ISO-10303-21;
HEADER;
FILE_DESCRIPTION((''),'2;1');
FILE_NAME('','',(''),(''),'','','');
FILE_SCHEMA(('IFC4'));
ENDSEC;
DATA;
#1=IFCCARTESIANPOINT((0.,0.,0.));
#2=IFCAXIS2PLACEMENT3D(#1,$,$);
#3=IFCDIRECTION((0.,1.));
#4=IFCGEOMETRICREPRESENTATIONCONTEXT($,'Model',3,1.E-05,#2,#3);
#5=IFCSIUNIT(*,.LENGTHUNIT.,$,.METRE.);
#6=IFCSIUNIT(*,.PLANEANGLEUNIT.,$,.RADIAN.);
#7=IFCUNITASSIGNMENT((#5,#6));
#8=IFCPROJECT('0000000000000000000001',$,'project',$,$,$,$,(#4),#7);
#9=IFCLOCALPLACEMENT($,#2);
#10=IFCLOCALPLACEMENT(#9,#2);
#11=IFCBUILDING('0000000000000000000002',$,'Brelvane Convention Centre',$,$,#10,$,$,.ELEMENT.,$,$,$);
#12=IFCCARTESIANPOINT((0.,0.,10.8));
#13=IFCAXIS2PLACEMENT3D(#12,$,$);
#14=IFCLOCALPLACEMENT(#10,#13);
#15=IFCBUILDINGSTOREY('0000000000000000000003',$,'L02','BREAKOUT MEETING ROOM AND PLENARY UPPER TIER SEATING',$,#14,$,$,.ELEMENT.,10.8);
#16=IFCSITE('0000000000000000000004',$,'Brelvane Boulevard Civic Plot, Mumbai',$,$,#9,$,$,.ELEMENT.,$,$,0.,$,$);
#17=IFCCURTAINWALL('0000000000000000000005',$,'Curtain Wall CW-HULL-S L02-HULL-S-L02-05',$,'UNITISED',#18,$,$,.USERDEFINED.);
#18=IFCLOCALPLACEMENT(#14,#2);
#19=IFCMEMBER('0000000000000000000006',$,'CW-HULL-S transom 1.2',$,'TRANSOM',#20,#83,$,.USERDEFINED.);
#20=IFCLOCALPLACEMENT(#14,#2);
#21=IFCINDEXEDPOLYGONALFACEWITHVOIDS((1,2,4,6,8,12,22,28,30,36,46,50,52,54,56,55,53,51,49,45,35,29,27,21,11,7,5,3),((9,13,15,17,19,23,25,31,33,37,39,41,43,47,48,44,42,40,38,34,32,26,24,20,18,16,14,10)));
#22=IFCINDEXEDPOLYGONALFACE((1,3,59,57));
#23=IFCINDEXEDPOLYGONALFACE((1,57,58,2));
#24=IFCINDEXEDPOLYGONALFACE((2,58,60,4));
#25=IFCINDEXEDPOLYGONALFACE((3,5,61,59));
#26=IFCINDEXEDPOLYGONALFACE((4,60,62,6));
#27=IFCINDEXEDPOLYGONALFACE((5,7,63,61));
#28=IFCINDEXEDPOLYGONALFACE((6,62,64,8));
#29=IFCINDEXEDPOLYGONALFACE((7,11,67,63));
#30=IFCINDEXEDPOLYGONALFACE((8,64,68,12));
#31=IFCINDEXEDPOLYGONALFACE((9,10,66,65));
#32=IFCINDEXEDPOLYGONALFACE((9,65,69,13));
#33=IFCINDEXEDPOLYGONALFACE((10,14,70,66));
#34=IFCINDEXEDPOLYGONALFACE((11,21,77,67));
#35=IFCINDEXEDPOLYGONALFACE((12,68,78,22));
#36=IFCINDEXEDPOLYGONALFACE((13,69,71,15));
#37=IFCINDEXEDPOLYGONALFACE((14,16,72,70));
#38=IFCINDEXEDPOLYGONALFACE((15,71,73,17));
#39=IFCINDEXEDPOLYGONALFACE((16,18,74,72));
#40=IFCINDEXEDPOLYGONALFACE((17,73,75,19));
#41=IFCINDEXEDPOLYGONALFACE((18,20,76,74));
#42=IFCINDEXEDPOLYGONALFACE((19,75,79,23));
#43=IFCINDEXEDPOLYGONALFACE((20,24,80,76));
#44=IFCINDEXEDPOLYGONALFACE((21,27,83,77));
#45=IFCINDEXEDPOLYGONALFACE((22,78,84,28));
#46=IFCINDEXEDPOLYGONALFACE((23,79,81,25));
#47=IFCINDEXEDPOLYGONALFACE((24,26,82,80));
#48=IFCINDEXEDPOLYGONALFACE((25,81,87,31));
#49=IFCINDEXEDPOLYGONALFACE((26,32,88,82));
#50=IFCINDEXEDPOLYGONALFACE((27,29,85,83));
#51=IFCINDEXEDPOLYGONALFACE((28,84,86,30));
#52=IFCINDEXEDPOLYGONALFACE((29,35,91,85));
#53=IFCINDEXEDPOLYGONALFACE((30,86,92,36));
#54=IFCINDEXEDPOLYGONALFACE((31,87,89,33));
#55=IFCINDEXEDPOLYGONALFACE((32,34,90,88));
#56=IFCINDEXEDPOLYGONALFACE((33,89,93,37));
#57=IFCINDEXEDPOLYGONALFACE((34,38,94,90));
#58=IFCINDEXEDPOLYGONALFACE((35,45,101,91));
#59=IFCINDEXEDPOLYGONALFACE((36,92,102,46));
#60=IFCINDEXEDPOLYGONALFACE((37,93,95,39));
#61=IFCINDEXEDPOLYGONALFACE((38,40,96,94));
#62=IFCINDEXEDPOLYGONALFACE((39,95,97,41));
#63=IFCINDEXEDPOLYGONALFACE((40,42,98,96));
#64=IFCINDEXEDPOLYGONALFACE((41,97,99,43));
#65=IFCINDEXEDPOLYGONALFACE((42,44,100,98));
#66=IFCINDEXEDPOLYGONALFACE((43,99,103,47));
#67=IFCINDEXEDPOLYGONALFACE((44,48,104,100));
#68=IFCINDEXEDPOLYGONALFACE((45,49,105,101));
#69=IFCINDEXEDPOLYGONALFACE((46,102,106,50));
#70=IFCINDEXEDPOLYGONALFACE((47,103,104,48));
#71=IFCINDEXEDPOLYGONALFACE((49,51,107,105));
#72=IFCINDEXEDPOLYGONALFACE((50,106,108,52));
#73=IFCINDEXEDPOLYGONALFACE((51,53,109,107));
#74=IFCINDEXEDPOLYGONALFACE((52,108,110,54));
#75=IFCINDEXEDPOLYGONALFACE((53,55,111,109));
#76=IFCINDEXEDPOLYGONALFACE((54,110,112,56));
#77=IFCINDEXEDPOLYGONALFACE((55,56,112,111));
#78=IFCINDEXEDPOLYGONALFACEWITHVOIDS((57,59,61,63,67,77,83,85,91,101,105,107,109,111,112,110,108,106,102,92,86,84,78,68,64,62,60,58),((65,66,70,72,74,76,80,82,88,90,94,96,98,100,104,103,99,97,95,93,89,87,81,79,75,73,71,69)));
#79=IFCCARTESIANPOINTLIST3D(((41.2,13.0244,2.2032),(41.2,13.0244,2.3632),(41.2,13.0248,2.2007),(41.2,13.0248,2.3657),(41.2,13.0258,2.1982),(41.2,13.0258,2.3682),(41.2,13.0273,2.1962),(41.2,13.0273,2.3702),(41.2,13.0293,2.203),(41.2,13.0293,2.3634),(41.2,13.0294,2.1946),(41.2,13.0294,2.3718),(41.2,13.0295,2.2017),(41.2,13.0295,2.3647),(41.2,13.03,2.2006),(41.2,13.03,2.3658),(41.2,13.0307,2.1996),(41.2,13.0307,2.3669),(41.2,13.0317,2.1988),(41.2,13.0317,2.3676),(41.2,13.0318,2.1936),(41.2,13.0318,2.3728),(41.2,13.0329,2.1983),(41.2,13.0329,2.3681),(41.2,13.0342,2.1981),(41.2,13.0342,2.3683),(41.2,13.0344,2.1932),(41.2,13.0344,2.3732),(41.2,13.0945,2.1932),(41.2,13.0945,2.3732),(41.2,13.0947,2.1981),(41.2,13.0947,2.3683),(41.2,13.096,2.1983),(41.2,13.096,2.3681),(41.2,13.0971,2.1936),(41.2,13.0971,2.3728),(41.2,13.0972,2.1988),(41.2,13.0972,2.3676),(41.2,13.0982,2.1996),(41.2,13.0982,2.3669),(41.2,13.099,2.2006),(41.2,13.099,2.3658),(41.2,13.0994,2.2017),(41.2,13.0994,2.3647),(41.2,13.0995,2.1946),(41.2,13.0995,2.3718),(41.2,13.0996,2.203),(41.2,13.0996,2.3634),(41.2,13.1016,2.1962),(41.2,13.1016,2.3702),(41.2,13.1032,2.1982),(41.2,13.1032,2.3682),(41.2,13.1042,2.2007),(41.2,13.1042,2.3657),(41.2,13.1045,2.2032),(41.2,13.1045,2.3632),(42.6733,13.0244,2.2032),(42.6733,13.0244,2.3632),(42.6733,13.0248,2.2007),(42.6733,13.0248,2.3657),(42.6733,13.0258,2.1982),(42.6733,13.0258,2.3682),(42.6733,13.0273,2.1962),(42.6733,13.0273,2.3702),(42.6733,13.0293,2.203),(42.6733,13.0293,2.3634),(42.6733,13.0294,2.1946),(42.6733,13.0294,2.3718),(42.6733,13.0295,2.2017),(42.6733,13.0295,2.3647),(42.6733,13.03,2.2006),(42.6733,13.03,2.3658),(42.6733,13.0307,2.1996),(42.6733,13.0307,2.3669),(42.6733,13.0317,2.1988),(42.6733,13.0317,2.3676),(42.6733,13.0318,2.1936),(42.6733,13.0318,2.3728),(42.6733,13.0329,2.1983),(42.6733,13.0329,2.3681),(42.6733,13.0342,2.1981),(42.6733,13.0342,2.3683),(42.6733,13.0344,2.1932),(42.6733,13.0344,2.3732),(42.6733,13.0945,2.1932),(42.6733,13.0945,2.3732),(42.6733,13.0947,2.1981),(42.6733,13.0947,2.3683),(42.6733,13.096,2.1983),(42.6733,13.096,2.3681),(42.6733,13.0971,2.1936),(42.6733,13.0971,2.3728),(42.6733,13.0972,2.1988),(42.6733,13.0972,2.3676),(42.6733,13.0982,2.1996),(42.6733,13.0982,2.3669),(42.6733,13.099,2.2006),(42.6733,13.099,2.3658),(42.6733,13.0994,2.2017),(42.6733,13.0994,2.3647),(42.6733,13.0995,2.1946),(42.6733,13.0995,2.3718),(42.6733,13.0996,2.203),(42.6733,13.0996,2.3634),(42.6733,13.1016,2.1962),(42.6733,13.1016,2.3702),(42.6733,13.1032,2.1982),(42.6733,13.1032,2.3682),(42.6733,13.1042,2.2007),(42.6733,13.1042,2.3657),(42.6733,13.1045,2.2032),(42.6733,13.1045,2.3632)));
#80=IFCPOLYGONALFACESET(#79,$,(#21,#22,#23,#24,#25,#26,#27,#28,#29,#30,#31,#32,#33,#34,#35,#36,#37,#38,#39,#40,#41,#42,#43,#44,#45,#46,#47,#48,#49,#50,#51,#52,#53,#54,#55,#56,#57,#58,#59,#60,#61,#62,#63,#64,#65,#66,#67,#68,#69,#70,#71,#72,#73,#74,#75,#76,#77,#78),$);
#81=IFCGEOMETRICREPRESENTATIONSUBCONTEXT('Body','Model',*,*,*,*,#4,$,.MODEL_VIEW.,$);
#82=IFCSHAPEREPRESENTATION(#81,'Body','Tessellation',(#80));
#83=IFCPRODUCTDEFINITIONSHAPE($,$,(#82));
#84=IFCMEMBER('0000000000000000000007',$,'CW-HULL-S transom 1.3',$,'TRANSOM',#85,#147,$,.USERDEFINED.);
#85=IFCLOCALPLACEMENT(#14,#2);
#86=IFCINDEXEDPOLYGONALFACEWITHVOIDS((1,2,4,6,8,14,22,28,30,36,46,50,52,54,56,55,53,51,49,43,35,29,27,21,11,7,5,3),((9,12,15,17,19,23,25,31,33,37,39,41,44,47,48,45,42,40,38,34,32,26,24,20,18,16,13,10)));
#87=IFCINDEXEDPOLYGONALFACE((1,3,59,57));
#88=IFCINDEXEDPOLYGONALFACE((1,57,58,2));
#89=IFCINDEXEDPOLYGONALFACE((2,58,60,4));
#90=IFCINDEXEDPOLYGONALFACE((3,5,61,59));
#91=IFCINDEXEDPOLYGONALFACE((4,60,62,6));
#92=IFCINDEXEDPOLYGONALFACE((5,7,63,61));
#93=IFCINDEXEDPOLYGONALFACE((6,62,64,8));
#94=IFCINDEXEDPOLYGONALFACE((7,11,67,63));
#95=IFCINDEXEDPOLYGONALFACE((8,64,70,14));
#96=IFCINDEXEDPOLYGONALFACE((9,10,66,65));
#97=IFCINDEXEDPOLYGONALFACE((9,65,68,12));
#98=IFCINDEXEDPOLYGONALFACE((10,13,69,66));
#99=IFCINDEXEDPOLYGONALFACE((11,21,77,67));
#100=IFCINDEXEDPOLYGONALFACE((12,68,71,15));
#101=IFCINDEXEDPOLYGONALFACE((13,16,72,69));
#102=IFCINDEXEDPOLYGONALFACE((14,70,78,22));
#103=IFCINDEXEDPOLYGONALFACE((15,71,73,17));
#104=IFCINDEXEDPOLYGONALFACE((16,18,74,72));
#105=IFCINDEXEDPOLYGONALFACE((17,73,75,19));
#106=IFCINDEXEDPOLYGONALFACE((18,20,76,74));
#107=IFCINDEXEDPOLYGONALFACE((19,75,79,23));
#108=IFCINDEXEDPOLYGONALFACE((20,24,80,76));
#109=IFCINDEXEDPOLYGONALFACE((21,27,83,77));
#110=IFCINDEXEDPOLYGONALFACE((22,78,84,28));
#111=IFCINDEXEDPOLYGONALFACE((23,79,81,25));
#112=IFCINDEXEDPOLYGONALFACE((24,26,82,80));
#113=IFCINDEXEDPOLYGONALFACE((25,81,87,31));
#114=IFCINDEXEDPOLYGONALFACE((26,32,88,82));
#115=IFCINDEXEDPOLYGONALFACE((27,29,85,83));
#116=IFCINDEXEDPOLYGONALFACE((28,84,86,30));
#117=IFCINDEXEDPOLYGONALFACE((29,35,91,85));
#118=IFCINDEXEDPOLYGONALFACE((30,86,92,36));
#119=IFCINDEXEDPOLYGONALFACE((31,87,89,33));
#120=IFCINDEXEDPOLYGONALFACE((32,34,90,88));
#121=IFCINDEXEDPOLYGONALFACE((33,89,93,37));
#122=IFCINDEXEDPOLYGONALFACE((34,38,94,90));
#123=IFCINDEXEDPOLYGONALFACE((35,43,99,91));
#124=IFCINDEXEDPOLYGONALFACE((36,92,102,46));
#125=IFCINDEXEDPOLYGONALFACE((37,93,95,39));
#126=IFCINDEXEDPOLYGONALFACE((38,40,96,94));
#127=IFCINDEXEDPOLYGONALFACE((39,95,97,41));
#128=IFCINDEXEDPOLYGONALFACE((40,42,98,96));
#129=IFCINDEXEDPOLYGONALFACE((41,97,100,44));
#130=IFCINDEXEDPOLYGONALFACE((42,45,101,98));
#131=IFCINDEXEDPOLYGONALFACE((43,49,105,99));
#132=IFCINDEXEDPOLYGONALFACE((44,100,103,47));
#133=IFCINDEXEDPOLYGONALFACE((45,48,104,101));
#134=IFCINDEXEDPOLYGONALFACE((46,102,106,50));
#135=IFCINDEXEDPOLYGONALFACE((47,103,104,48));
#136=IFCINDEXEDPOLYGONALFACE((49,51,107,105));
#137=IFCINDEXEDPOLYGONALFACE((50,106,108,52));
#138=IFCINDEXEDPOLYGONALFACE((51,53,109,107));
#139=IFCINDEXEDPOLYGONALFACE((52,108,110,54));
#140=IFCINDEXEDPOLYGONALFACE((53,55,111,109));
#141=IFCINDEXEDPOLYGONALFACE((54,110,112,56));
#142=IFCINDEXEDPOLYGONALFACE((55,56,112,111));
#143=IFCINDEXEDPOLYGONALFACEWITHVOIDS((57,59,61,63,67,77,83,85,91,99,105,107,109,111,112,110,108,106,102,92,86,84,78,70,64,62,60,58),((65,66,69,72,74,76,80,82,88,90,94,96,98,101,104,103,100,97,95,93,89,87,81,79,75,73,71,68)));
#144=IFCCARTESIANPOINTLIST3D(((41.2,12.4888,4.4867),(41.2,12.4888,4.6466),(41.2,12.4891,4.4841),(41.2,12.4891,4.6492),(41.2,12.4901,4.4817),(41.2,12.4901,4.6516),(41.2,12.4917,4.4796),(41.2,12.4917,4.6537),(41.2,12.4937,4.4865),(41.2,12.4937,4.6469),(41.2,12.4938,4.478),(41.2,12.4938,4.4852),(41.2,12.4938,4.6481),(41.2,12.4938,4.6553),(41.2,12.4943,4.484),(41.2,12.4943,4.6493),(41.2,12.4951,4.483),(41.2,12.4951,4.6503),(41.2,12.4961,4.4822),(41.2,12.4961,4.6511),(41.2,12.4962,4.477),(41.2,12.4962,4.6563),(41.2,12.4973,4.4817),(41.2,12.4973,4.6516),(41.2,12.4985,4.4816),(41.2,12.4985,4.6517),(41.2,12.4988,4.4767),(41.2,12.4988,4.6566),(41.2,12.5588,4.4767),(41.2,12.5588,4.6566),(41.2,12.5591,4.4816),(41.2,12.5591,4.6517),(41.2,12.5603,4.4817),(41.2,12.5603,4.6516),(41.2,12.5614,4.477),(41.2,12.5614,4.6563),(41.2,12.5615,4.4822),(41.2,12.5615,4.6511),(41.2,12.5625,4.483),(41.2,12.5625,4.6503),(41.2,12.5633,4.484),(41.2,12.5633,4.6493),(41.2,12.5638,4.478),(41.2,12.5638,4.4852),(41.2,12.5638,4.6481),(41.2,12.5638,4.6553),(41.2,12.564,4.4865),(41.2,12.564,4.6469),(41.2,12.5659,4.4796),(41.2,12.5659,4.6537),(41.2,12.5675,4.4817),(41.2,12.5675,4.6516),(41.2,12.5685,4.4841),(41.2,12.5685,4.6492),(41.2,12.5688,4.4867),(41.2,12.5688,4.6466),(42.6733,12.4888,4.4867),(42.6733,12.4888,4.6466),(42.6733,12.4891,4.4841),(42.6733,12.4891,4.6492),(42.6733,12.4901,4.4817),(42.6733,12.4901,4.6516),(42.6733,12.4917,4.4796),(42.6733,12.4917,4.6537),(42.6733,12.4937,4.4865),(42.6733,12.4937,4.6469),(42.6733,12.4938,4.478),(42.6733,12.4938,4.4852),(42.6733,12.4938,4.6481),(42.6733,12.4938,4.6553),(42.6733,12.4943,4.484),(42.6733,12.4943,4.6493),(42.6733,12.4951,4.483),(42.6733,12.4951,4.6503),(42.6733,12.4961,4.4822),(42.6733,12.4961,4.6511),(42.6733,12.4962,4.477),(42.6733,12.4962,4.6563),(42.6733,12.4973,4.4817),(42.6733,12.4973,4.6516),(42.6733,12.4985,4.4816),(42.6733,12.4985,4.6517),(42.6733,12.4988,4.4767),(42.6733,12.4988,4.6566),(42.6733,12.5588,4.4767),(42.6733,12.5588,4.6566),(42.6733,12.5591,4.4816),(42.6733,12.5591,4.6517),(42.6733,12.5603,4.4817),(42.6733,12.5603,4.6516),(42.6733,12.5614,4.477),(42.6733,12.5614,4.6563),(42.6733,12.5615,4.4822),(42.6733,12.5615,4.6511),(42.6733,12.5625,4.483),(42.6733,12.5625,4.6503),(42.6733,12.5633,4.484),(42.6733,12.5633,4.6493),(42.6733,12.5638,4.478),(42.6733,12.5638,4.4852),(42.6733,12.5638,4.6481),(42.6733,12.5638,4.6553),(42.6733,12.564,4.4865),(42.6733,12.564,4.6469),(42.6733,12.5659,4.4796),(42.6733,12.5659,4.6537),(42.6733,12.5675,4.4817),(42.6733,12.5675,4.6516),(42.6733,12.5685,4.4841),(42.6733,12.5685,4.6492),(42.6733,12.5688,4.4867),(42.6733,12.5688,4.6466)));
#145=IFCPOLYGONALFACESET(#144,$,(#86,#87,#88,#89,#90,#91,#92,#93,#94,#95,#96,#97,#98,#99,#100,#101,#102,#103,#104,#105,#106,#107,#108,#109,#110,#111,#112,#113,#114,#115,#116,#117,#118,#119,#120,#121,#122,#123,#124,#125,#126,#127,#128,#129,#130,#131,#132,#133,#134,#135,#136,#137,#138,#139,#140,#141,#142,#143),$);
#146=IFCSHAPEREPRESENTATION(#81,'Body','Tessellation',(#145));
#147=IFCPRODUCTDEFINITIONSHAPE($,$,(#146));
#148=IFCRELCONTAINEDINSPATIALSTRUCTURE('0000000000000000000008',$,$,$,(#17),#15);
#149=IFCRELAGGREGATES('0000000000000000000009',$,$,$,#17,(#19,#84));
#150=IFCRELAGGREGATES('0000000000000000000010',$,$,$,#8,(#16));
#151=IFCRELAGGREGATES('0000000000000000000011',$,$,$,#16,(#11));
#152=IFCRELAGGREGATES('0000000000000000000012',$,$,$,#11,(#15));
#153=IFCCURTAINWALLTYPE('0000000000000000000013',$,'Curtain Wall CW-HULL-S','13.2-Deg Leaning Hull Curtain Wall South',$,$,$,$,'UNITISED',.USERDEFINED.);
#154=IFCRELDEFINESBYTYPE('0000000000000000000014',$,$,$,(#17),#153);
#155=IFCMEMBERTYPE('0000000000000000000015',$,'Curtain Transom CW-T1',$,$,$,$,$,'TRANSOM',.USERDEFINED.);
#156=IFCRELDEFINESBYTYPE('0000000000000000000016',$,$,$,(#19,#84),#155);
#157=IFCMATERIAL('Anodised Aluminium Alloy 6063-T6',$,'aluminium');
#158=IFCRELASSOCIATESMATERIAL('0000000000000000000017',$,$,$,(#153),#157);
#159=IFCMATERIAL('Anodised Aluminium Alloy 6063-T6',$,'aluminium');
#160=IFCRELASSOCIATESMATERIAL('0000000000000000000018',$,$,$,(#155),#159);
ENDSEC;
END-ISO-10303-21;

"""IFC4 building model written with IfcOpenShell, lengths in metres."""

from ifc_helpers import new_model, si_unit, direction, frame, origin, origin_2d, place, context, subcontext, project, spatial, hollow_rectangle, extrude, material, material_profile, profile_set, type_object, element, aggregate, save


model = new_model("IFC4")

# Units and contexts
model_context = context("Model", 3, precision=1e-05, world=origin(), true_north=direction((0.0, 1.0)))
body_context = subcontext(model_context, "Body", "Model", "MODEL_VIEW")
ifc_project = project(units=[si_unit("LENGTHUNIT", "METRE"), si_unit("PLANEANGLEUNIT", "RADIAN")], contexts=[model_context])

# Site, building, storey
site_placement = place(None, origin())
site = spatial("IfcSite", under=ifc_project, at=site_placement, Name="Brelvane Boulevard Civic Plot, Mumbai", CompositionType="ELEMENT", RefElevation=0.0)
building_placement = place(site_placement, origin())
building = spatial("IfcBuilding", under=site, at=building_placement, Name="Brelvane Convention Centre", CompositionType="ELEMENT")
storey_placement = place(building_placement, frame((0.0, 0.0, 10.8)))
storey = spatial("IfcBuildingStorey", under=building, at=storey_placement, Name="L02", Description="BREAKOUT MEETING ROOM AND PLENARY UPPER TIER SEATING", CompositionType="ELEMENT", Elevation=10.8)

# Curtain wall, members
ifc_material_1 = material(Name="Anodised Aluminium Alloy 6063-T6", Category="aluminium")
curtain_wall_type = type_object("IfcCurtainWallType", Name="Curtain Wall CW-HULL-S", Description="13.2-Deg Leaning Hull Curtain Wall South", ElementType="UNITISED", PredefinedType="USERDEFINED", material=ifc_material_1)
curtain_wall_placement = place(storey_placement, origin())
curtain_wall = element("IfcCurtainWall", 1, at=curtain_wall_placement, inside=storey, type_object=curtain_wall_type, Name="Curtain Wall CW-HULL-S L02-HULL-S-L02-05", ObjectType="UNITISED", PredefinedType="USERDEFINED")
ifc_material_2 = material(Name="Anodised Aluminium Alloy 6063-T6", Category="aluminium")
ifc_material_profile = material_profile(ifc_material_2, hollow_rectangle(XDim=0.0801, YDim=0.1799, WallThickness=0.0049, InnerFilletRadius=0.0049, OuterFilletRadius=0.01, at=origin_2d()), Name="ALU-T 180x80x5.0")
ifc_profile_set = profile_set([ifc_material_profile], Name="Anodised Aluminium Alloy 6063-T6")
member_type = type_object("IfcMemberType", Name="Curtain Transom CW-T1", ElementType="TRANSOM", PredefinedType="USERDEFINED", material=ifc_profile_set)
member_1_placement = place(storey_placement, frame((41.2, 13.0645, 2.2832), z_axis=(1.0, 0.0, 0.0), x_axis=(0.0, 1.0, 0.0)))
member_1 = element("IfcMember", 2, at=member_1_placement, type_object=member_type, Name="CW-HULL-S transom 1.2", ObjectType="TRANSOM", PredefinedType="USERDEFINED", context=body_context, shape_type="SweptSolid", body=[
    extrude(hollow_rectangle(XDim=0.0801, YDim=0.1799, WallThickness=0.0049, InnerFilletRadius=0.0049, OuterFilletRadius=0.01, at=origin_2d()), origin(), (0.0, 0.0, 1.0), 1.4734),
])
member_2_placement = place(storey_placement, frame((41.2, 12.5288, 4.5667), z_axis=(1.0, 0.0, 0.0), x_axis=(0.0, 1.0, 0.0)))
member_2 = element("IfcMember", 3, at=member_2_placement, type_object=member_type, Name="CW-HULL-S transom 1.3", ObjectType="TRANSOM", PredefinedType="USERDEFINED", context=body_context, shape_type="SweptSolid", body=[
    extrude(hollow_rectangle(XDim=0.0801, YDim=0.1799, WallThickness=0.0049, InnerFilletRadius=0.0049, OuterFilletRadius=0.01, at=origin_2d()), origin(), (0.0, 0.0, 1.0), 1.4734),
])
aggregate(curtain_wall, [member_1, member_2])

save(model, "model.ifc")
